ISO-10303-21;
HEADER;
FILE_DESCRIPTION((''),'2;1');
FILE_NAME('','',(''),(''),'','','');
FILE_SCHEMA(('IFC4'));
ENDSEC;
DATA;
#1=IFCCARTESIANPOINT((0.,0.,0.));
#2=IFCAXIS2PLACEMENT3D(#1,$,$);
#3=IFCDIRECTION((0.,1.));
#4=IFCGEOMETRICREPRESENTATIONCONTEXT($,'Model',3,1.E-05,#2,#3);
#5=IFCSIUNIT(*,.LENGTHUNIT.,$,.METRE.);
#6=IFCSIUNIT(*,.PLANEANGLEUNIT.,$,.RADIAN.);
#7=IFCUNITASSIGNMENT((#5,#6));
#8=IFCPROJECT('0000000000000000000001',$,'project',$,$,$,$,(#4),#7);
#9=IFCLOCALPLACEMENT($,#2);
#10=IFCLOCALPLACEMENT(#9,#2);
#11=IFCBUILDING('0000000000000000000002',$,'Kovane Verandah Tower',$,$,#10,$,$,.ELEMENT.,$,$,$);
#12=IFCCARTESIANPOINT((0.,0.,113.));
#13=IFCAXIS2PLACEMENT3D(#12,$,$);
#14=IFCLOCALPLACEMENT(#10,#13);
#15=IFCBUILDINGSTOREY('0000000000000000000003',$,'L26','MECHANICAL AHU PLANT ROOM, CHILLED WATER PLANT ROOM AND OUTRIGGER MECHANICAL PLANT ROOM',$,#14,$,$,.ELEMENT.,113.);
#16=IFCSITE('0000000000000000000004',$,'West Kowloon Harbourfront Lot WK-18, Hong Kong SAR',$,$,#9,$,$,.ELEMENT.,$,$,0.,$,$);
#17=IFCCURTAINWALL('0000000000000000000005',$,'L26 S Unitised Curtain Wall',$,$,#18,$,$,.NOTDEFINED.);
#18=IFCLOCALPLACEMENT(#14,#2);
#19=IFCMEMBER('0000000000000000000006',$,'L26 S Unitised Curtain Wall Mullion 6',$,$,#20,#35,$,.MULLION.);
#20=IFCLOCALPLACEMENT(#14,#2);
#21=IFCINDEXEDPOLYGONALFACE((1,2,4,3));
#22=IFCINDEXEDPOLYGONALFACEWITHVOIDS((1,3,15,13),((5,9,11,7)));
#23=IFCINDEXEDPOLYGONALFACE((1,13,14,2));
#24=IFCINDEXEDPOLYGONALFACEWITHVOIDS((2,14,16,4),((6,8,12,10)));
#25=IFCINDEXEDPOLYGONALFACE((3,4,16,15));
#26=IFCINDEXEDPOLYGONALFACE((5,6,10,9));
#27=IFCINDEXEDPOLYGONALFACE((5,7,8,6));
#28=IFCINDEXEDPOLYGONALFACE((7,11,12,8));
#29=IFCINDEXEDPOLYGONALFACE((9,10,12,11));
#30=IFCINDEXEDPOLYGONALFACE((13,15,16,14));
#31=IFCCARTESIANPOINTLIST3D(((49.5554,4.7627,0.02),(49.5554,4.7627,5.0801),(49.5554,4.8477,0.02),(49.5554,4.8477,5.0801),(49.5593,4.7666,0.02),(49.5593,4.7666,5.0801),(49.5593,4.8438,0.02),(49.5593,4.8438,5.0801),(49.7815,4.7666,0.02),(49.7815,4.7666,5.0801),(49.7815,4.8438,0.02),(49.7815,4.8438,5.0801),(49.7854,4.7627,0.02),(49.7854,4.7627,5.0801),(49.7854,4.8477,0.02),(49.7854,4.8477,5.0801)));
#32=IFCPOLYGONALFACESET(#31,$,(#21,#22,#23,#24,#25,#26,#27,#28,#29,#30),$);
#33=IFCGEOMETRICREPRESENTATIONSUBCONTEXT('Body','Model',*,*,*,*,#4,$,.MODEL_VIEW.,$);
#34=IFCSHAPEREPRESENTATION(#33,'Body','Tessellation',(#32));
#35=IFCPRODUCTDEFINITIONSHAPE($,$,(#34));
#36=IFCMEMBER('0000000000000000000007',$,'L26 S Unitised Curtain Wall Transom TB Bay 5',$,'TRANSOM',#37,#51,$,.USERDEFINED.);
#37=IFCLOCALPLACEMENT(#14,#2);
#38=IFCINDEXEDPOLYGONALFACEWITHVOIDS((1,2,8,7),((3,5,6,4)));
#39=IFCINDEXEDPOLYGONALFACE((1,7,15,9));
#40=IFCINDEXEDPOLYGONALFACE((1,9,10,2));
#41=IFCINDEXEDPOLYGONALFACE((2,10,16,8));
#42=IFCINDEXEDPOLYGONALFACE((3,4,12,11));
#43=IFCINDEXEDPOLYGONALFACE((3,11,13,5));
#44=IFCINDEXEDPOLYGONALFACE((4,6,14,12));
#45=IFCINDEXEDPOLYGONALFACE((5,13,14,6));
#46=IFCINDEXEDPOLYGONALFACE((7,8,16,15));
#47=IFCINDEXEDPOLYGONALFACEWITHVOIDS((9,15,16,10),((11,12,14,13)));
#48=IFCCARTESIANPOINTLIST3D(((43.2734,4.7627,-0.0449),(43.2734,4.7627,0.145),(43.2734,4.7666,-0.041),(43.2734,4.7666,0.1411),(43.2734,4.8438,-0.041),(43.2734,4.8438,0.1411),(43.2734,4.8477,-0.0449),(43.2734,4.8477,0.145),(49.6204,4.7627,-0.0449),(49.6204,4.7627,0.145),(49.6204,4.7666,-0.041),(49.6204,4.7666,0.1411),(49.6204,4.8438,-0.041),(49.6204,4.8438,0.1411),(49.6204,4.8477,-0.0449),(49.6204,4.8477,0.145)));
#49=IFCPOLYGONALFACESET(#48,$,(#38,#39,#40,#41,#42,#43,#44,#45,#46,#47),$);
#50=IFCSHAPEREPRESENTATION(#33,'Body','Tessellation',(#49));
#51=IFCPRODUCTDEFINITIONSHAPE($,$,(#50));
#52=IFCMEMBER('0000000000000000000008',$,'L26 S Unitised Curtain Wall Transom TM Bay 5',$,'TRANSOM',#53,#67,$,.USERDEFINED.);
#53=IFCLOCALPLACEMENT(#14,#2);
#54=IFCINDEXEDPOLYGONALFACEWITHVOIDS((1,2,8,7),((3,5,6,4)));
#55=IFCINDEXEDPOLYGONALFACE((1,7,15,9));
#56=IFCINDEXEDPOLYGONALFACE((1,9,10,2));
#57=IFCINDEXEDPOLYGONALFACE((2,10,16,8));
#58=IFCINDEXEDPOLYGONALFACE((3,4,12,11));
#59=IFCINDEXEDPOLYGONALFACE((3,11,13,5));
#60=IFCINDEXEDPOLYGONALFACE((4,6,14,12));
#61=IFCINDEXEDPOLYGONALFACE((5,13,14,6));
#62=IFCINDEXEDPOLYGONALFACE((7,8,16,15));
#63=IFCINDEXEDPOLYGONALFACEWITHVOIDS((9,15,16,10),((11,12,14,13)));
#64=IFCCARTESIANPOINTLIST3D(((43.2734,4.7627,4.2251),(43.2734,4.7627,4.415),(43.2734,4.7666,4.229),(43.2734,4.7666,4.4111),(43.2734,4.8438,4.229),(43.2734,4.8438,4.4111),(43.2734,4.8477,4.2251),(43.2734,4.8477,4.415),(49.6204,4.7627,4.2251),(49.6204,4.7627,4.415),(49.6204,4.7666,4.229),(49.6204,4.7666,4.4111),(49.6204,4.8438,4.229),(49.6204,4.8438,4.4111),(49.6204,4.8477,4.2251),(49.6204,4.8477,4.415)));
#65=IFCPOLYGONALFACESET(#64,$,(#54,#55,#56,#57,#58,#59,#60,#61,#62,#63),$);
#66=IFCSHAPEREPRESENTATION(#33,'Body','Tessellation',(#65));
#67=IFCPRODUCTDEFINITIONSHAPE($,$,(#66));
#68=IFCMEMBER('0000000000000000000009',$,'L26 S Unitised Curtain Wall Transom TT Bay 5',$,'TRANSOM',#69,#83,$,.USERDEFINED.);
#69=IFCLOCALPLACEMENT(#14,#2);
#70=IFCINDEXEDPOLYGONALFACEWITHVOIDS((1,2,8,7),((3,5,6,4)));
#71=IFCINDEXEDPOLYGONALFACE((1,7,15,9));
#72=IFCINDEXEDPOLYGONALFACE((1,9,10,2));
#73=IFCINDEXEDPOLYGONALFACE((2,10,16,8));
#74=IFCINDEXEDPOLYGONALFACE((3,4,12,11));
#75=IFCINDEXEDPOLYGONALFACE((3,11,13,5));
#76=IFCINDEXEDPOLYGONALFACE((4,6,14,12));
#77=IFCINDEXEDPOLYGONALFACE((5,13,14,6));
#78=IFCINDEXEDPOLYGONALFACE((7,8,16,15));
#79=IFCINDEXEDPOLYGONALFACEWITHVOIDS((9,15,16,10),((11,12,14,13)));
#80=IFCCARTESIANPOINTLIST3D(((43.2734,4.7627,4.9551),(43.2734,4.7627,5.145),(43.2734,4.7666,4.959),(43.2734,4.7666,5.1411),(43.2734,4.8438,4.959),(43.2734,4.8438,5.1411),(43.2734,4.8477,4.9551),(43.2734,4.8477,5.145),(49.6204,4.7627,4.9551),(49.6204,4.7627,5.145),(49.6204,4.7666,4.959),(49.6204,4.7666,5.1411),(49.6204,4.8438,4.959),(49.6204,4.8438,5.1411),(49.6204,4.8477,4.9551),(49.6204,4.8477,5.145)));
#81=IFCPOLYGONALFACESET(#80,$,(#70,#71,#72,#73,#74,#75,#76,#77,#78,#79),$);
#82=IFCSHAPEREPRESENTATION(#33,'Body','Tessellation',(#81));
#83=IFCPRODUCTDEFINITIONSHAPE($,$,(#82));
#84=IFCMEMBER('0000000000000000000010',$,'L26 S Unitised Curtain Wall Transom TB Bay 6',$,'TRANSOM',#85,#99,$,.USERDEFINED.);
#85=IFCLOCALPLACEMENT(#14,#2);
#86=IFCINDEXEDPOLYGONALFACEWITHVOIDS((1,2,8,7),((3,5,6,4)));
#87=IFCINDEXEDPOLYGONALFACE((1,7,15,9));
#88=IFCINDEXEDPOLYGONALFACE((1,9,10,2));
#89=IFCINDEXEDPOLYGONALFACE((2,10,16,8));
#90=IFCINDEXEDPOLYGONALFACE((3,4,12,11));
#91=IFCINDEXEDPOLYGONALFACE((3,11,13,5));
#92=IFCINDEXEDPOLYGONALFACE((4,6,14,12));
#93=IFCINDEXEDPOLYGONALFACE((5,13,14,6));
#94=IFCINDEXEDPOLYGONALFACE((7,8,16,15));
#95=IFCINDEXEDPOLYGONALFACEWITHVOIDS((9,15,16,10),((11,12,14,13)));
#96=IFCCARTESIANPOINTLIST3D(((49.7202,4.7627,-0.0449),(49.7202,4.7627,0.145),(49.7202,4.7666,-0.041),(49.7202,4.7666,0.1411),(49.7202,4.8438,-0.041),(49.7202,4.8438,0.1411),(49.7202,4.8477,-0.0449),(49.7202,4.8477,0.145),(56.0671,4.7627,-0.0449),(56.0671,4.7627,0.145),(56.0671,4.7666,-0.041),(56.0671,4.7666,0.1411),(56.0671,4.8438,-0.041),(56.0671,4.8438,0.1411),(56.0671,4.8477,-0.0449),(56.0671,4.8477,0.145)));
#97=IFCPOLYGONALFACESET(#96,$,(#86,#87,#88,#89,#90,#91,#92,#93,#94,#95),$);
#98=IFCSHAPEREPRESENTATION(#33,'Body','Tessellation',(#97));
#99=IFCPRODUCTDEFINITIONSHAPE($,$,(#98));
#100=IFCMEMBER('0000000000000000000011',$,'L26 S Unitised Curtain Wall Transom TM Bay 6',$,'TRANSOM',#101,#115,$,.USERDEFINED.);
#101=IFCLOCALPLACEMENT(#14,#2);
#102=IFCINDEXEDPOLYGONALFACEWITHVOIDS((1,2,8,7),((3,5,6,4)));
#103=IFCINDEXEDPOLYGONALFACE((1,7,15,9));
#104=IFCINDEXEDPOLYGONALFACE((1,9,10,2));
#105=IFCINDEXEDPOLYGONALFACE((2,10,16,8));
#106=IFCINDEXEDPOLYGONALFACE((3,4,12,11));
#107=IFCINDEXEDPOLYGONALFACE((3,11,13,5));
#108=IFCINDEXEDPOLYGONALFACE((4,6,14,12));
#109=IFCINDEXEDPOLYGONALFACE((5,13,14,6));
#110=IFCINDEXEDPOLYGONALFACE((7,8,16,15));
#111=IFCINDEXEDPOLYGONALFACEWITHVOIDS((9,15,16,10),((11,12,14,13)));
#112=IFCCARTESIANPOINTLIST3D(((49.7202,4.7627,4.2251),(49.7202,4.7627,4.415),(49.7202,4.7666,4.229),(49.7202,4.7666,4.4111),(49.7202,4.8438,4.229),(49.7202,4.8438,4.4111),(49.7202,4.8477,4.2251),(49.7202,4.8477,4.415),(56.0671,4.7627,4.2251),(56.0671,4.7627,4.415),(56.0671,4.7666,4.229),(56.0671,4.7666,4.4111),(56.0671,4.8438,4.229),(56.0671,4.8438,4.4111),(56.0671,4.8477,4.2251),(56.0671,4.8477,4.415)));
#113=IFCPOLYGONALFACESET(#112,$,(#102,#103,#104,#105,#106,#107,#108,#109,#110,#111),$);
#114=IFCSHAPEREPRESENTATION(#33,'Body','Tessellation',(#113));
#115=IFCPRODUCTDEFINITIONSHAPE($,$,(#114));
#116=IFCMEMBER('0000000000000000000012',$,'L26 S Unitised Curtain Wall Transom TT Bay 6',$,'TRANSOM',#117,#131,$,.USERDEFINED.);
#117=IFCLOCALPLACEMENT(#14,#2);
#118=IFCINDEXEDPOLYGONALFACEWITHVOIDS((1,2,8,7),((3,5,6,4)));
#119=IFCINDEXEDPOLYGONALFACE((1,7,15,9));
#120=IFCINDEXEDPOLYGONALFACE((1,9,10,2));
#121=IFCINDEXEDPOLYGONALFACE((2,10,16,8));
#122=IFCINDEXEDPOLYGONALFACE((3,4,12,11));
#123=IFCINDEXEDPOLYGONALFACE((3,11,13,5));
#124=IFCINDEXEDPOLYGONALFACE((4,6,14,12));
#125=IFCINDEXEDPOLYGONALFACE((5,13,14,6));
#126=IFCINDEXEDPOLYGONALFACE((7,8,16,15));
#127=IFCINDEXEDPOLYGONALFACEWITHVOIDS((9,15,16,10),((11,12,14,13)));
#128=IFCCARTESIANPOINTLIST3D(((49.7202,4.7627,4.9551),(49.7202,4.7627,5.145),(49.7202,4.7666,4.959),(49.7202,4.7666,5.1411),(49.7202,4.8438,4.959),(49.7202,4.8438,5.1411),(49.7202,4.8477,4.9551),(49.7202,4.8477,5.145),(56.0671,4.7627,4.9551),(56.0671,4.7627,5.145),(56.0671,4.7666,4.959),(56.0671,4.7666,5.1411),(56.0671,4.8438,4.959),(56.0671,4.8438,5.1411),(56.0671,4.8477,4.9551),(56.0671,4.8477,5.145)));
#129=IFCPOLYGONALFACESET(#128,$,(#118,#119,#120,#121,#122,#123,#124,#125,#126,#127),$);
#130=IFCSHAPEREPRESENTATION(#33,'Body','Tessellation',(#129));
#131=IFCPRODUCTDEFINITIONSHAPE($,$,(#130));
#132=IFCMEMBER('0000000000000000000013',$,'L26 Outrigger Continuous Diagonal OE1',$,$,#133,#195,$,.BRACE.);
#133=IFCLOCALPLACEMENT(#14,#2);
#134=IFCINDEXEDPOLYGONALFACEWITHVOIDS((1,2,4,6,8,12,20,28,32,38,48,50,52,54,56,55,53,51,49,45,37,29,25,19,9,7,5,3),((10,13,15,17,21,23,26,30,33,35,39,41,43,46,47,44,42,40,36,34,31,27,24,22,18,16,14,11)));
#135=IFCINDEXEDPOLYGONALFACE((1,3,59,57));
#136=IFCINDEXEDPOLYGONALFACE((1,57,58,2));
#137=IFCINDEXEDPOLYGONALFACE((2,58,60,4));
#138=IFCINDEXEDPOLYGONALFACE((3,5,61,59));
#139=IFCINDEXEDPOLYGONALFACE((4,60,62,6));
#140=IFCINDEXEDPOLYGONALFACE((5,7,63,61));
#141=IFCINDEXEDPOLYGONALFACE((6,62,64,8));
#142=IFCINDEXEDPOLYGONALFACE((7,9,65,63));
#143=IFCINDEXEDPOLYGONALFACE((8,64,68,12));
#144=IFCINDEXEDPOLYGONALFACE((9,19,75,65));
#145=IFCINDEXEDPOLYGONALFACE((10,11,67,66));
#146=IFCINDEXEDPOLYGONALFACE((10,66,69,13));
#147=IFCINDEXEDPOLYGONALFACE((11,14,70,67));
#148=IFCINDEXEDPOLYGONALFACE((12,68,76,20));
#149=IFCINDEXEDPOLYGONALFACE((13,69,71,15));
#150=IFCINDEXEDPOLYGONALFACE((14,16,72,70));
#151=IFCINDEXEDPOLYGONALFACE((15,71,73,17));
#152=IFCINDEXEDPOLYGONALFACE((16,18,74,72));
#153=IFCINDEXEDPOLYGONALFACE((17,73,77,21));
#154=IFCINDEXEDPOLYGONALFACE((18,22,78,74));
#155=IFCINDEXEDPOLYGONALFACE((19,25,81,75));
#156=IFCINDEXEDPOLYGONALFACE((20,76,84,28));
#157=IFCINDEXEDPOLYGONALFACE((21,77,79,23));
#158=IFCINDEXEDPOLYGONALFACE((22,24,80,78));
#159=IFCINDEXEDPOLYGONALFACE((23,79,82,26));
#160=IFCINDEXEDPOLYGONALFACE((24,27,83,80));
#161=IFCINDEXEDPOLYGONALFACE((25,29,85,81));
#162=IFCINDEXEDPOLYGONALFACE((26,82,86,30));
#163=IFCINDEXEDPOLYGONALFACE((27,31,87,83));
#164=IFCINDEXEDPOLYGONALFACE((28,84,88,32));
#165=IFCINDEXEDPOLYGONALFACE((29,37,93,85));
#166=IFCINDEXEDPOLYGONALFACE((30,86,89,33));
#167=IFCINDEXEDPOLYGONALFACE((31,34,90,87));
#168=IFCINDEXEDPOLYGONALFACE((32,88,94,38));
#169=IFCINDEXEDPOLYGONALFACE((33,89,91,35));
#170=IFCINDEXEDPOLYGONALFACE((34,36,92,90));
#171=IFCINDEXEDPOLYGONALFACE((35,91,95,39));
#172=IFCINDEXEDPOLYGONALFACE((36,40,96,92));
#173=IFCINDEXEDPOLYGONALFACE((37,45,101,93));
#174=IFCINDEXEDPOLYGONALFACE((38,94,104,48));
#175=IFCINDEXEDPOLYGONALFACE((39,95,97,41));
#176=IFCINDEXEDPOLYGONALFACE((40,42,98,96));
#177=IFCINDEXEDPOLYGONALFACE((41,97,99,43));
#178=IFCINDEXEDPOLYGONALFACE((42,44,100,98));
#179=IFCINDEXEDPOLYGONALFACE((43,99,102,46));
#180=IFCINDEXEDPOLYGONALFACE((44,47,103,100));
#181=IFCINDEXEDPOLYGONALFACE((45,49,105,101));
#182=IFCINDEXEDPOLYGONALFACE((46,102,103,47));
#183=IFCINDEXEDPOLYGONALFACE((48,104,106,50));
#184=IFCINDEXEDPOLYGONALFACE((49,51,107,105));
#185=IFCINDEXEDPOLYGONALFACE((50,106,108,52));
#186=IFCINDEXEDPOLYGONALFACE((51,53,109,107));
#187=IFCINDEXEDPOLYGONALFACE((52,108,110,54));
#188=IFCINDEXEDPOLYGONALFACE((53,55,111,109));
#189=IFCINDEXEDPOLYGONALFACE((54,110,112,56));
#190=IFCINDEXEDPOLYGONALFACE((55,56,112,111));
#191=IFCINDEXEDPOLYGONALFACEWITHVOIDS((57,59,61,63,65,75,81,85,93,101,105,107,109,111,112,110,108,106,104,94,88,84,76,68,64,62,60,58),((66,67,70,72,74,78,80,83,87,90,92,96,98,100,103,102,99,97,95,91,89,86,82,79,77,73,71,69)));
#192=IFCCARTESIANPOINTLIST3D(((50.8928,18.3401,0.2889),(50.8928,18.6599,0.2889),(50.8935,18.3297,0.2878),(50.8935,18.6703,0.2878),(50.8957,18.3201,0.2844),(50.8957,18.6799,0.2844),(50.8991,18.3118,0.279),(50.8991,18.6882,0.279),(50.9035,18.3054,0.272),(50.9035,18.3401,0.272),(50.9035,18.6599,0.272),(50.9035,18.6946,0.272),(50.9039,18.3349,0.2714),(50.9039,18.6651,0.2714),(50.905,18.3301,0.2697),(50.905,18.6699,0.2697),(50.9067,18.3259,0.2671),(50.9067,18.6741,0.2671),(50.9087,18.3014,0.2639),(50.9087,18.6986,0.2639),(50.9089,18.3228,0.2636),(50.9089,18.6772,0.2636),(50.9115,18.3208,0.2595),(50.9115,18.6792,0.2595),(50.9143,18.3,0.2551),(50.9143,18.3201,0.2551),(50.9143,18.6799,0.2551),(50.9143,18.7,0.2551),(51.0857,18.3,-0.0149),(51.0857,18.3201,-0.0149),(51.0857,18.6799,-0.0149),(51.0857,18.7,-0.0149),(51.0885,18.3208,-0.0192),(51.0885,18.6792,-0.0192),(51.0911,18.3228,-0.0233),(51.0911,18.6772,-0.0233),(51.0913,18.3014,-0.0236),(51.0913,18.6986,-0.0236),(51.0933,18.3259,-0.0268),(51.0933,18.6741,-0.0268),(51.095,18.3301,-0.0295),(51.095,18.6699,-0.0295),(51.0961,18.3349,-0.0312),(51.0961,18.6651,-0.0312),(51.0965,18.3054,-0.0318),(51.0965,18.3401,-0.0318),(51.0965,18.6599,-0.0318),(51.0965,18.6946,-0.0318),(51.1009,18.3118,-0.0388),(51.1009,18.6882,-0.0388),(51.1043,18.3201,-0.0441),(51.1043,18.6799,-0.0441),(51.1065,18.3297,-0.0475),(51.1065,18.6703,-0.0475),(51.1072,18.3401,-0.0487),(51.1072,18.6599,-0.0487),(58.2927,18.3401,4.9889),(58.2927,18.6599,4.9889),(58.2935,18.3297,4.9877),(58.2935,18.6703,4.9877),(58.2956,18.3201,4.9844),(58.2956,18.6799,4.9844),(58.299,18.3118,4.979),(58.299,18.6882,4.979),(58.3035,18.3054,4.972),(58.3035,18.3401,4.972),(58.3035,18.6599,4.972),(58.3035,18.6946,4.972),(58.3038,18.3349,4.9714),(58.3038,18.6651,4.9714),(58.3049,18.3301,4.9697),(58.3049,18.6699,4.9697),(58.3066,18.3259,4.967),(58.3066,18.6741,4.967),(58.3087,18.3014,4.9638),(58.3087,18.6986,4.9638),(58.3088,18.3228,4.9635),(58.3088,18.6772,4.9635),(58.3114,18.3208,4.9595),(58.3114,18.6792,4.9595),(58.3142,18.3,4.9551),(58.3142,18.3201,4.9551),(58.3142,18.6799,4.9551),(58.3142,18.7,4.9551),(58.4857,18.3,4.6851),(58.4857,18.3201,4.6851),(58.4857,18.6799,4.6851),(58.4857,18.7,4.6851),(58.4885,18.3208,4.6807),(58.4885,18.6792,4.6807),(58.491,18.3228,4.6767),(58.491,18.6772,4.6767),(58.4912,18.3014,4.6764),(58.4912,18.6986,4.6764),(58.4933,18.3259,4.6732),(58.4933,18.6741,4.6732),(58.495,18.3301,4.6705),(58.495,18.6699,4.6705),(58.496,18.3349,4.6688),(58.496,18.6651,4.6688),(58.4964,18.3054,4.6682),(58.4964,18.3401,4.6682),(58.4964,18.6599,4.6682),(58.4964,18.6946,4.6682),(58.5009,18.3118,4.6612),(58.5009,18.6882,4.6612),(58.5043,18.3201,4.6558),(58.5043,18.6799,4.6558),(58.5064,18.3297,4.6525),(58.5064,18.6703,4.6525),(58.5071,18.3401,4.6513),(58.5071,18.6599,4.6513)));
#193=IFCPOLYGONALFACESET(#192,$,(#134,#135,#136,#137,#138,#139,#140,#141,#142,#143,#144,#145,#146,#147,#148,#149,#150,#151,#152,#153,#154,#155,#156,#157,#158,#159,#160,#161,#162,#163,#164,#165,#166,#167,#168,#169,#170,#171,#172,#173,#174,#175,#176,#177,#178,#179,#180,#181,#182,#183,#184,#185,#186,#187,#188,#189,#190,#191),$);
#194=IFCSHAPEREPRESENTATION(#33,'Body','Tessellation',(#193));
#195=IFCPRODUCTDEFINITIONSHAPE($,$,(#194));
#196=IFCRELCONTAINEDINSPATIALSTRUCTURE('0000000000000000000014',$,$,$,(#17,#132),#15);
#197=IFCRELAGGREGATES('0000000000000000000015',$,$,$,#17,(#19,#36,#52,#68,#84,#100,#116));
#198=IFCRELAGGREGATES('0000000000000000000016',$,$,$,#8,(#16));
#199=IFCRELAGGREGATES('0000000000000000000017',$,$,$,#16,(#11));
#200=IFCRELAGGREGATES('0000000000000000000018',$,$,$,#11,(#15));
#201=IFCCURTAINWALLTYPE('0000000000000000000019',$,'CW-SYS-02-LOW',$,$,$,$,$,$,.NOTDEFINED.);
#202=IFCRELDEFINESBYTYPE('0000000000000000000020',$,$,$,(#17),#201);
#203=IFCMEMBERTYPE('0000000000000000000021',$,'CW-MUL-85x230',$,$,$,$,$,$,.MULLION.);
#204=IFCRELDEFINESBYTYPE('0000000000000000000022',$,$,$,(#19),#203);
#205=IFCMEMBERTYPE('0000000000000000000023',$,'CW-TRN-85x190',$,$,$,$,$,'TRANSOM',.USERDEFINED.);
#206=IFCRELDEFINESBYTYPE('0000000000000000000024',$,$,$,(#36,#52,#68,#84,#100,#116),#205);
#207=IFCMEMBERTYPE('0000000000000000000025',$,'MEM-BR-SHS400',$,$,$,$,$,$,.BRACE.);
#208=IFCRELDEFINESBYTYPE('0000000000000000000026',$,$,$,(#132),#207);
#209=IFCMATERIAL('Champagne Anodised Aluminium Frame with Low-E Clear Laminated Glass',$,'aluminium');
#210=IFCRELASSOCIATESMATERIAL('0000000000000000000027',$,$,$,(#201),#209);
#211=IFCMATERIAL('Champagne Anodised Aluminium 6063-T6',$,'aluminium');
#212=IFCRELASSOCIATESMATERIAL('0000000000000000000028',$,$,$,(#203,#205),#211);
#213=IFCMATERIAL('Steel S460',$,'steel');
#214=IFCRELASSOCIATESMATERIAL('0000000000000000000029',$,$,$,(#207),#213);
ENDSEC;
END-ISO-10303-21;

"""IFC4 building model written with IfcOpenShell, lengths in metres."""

from ifc_helpers import new_model, si_unit, direction, frame, origin, origin_2d, place, context, subcontext, project, spatial, hollow_rectangle, extrude, material, material_profile, profile_set, type_object, element, aggregate, save


model = new_model("IFC4")

# Units and contexts
model_context = context("Model", 3, precision=1e-05, world=origin(), true_north=direction((0.0, 1.0)))
body_context = subcontext(model_context, "Body", "Model", "MODEL_VIEW")
ifc_project = project(units=[si_unit("LENGTHUNIT", "METRE"), si_unit("PLANEANGLEUNIT", "RADIAN")], contexts=[model_context])

# Site, building, storey
site_placement = place(None, origin())
site = spatial("IfcSite", under=ifc_project, at=site_placement, Name="West Kowloon Harbourfront Lot WK-18, Hong Kong SAR", CompositionType="ELEMENT", RefElevation=0.0)
building_placement = place(site_placement, origin())
building = spatial("IfcBuilding", under=site, at=building_placement, Name="Kovane Verandah Tower", CompositionType="ELEMENT")
storey_placement = place(building_placement, frame((0.0, 0.0, 113.0)))
storey = spatial("IfcBuildingStorey", under=building, at=storey_placement, Name="L26", Description="MECHANICAL AHU PLANT ROOM, CHILLED WATER PLANT ROOM AND OUTRIGGER MECHANICAL PLANT ROOM", CompositionType="ELEMENT", Elevation=113.0)

# Shared definitions
ifc_material_1 = material(Name="Steel S460", Category="steel")

# Curtain wall, members
ifc_material_2 = material(Name="Champagne Anodised Aluminium Frame with Low-E Clear Laminated Glass", Category="aluminium")
curtain_wall_type = type_object("IfcCurtainWallType", Name="CW-SYS-02-LOW", PredefinedType="NOTDEFINED", material=ifc_material_2)
curtain_wall_placement = place(storey_placement, origin())
curtain_wall = element("IfcCurtainWall", 1, at=curtain_wall_placement, inside=storey, type_object=curtain_wall_type, Name="L26 S Unitised Curtain Wall", PredefinedType="NOTDEFINED")
ifc_material_3 = material(Name="Champagne Anodised Aluminium 6063-T6", Category="aluminium")
ifc_material_profile_1 = material_profile(ifc_material_3, hollow_rectangle(XDim=0.085, YDim=0.23, WallThickness=0.0039, at=origin_2d()), Name="AL85x230x4")
ifc_profile_set_1 = profile_set([ifc_material_profile_1], Name="Champagne Anodised Aluminium 6063-T6")
member_type_1 = type_object("IfcMemberType", Name="CW-MUL-85x230", PredefinedType="MULLION", material=ifc_profile_set_1)
member_1_placement = place(storey_placement, frame((49.6704, 4.8052, 0.02), z_axis=(0.0, 0.0, 1.0), x_axis=(0.0, -1.0, 0.0)))
member_1 = element("IfcMember", 2, at=member_1_placement, type_object=member_type_1, Name="L26 S Unitised Curtain Wall Mullion 6", PredefinedType="MULLION", context=body_context, shape_type="SweptSolid", body=[
    extrude(hollow_rectangle(XDim=0.085, YDim=0.23, WallThickness=0.0039, at=origin_2d()), origin(), (0.0, 0.0, 1.0), 5.0601),
])
ifc_material_profile_2 = material_profile(ifc_material_3, hollow_rectangle(XDim=0.085, YDim=0.1899, WallThickness=0.0039, at=origin_2d()), Name="AL85x190x4")
ifc_profile_set_2 = profile_set([ifc_material_profile_2], Name="Champagne Anodised Aluminium 6063-T6")
member_type_2 = type_object("IfcMemberType", Name="CW-TRN-85x190", ElementType="TRANSOM", PredefinedType="USERDEFINED", material=ifc_profile_set_2)
member_2_placement = place(storey_placement, frame((43.2734, 4.8052, 0.05), z_axis=(1.0, 0.0, 0.0), x_axis=(0.0, 1.0, 0.0)))
member_2 = element("IfcMember", 3, at=member_2_placement, type_object=member_type_2, Name="L26 S Unitised Curtain Wall Transom TB Bay 5", ObjectType="TRANSOM", PredefinedType="USERDEFINED", context=body_context, shape_type="SweptSolid", body=[
    extrude(hollow_rectangle(XDim=0.085, YDim=0.1899, WallThickness=0.0039, at=origin_2d()), origin(), (0.0, 0.0, 1.0), 6.3469),
])
member_3_placement = place(storey_placement, frame((43.2734, 4.8052, 4.3201), z_axis=(1.0, 0.0, 0.0), x_axis=(0.0, 1.0, 0.0)))
member_3 = element("IfcMember", 4, at=member_3_placement, type_object=member_type_2, Name="L26 S Unitised Curtain Wall Transom TM Bay 5", ObjectType="TRANSOM", PredefinedType="USERDEFINED", context=body_context, shape_type="SweptSolid", body=[
    extrude(hollow_rectangle(XDim=0.085, YDim=0.1899, WallThickness=0.0039, at=origin_2d()), origin(), (0.0, 0.0, 1.0), 6.3469),
])
member_4_placement = place(storey_placement, frame((43.2734, 4.8052, 5.05), z_axis=(1.0, 0.0, 0.0), x_axis=(0.0, 1.0, 0.0)))
member_4 = element("IfcMember", 5, at=member_4_placement, type_object=member_type_2, Name="L26 S Unitised Curtain Wall Transom TT Bay 5", ObjectType="TRANSOM", PredefinedType="USERDEFINED", context=body_context, shape_type="SweptSolid", body=[
    extrude(hollow_rectangle(XDim=0.085, YDim=0.1899, WallThickness=0.0039, at=origin_2d()), origin(), (0.0, 0.0, 1.0), 6.3469),
])
member_5_placement = place(storey_placement, frame((49.7202, 4.8052, 0.05), z_axis=(1.0, 0.0, 0.0), x_axis=(0.0, 1.0, 0.0)))
member_5 = element("IfcMember", 6, at=member_5_placement, type_object=member_type_2, Name="L26 S Unitised Curtain Wall Transom TB Bay 6", ObjectType="TRANSOM", PredefinedType="USERDEFINED", context=body_context, shape_type="SweptSolid", body=[
    extrude(hollow_rectangle(XDim=0.085, YDim=0.1899, WallThickness=0.0039, at=origin_2d()), origin(), (0.0, 0.0, 1.0), 6.3469),
])
member_6_placement = place(storey_placement, frame((49.7202, 4.8052, 4.3201), z_axis=(1.0, 0.0, 0.0), x_axis=(0.0, 1.0, 0.0)))
member_6 = element("IfcMember", 7, at=member_6_placement, type_object=member_type_2, Name="L26 S Unitised Curtain Wall Transom TM Bay 6", ObjectType="TRANSOM", PredefinedType="USERDEFINED", context=body_context, shape_type="SweptSolid", body=[
    extrude(hollow_rectangle(XDim=0.085, YDim=0.1899, WallThickness=0.0039, at=origin_2d()), origin(), (0.0, 0.0, 1.0), 6.3469),
])
member_7_placement = place(storey_placement, frame((49.7202, 4.8052, 5.05), z_axis=(1.0, 0.0, 0.0), x_axis=(0.0, 1.0, 0.0)))
member_7 = element("IfcMember", 8, at=member_7_placement, type_object=member_type_2, Name="L26 S Unitised Curtain Wall Transom TT Bay 6", ObjectType="TRANSOM", PredefinedType="USERDEFINED", context=body_context, shape_type="SweptSolid", body=[
    extrude(hollow_rectangle(XDim=0.085, YDim=0.1899, WallThickness=0.0039, at=origin_2d()), origin(), (0.0, 0.0, 1.0), 6.3469),
])

# Member
ifc_material_profile_3 = material_profile(ifc_material_1, hollow_rectangle(XDim=0.3999, YDim=0.3999, WallThickness=0.02, InnerFilletRadius=0.02, OuterFilletRadius=0.04, at=origin_2d()), Name="SHS400x400x20")
ifc_profile_set_3 = profile_set([ifc_material_profile_3], Name="Steel S460")
member_type_3 = type_object("IfcMemberType", Name="MEM-BR-SHS400", PredefinedType="BRACE", material=ifc_profile_set_3)
member_8_placement = place(storey_placement, frame((51.0, 18.5, 0.1201), z_axis=(0.84413, 0.0, 0.536138), x_axis=(0.0, 1.0, 0.0)))
element("IfcMember", 9, at=member_8_placement, inside=storey, type_object=member_type_3, Name="L26 Outrigger Continuous Diagonal OE1", PredefinedType="BRACE", context=body_context, shape_type="SweptSolid", body=[
    extrude(hollow_rectangle(XDim=0.3999, YDim=0.3999, WallThickness=0.02, InnerFilletRadius=0.02, OuterFilletRadius=0.04, at=origin_2d()), origin(), (0.0, 0.0, 1.0), 8.7664),
])

aggregate(curtain_wall, [member_1, member_2, member_3, member_4, member_5, member_6, member_7])

save(model, "model.ifc")
